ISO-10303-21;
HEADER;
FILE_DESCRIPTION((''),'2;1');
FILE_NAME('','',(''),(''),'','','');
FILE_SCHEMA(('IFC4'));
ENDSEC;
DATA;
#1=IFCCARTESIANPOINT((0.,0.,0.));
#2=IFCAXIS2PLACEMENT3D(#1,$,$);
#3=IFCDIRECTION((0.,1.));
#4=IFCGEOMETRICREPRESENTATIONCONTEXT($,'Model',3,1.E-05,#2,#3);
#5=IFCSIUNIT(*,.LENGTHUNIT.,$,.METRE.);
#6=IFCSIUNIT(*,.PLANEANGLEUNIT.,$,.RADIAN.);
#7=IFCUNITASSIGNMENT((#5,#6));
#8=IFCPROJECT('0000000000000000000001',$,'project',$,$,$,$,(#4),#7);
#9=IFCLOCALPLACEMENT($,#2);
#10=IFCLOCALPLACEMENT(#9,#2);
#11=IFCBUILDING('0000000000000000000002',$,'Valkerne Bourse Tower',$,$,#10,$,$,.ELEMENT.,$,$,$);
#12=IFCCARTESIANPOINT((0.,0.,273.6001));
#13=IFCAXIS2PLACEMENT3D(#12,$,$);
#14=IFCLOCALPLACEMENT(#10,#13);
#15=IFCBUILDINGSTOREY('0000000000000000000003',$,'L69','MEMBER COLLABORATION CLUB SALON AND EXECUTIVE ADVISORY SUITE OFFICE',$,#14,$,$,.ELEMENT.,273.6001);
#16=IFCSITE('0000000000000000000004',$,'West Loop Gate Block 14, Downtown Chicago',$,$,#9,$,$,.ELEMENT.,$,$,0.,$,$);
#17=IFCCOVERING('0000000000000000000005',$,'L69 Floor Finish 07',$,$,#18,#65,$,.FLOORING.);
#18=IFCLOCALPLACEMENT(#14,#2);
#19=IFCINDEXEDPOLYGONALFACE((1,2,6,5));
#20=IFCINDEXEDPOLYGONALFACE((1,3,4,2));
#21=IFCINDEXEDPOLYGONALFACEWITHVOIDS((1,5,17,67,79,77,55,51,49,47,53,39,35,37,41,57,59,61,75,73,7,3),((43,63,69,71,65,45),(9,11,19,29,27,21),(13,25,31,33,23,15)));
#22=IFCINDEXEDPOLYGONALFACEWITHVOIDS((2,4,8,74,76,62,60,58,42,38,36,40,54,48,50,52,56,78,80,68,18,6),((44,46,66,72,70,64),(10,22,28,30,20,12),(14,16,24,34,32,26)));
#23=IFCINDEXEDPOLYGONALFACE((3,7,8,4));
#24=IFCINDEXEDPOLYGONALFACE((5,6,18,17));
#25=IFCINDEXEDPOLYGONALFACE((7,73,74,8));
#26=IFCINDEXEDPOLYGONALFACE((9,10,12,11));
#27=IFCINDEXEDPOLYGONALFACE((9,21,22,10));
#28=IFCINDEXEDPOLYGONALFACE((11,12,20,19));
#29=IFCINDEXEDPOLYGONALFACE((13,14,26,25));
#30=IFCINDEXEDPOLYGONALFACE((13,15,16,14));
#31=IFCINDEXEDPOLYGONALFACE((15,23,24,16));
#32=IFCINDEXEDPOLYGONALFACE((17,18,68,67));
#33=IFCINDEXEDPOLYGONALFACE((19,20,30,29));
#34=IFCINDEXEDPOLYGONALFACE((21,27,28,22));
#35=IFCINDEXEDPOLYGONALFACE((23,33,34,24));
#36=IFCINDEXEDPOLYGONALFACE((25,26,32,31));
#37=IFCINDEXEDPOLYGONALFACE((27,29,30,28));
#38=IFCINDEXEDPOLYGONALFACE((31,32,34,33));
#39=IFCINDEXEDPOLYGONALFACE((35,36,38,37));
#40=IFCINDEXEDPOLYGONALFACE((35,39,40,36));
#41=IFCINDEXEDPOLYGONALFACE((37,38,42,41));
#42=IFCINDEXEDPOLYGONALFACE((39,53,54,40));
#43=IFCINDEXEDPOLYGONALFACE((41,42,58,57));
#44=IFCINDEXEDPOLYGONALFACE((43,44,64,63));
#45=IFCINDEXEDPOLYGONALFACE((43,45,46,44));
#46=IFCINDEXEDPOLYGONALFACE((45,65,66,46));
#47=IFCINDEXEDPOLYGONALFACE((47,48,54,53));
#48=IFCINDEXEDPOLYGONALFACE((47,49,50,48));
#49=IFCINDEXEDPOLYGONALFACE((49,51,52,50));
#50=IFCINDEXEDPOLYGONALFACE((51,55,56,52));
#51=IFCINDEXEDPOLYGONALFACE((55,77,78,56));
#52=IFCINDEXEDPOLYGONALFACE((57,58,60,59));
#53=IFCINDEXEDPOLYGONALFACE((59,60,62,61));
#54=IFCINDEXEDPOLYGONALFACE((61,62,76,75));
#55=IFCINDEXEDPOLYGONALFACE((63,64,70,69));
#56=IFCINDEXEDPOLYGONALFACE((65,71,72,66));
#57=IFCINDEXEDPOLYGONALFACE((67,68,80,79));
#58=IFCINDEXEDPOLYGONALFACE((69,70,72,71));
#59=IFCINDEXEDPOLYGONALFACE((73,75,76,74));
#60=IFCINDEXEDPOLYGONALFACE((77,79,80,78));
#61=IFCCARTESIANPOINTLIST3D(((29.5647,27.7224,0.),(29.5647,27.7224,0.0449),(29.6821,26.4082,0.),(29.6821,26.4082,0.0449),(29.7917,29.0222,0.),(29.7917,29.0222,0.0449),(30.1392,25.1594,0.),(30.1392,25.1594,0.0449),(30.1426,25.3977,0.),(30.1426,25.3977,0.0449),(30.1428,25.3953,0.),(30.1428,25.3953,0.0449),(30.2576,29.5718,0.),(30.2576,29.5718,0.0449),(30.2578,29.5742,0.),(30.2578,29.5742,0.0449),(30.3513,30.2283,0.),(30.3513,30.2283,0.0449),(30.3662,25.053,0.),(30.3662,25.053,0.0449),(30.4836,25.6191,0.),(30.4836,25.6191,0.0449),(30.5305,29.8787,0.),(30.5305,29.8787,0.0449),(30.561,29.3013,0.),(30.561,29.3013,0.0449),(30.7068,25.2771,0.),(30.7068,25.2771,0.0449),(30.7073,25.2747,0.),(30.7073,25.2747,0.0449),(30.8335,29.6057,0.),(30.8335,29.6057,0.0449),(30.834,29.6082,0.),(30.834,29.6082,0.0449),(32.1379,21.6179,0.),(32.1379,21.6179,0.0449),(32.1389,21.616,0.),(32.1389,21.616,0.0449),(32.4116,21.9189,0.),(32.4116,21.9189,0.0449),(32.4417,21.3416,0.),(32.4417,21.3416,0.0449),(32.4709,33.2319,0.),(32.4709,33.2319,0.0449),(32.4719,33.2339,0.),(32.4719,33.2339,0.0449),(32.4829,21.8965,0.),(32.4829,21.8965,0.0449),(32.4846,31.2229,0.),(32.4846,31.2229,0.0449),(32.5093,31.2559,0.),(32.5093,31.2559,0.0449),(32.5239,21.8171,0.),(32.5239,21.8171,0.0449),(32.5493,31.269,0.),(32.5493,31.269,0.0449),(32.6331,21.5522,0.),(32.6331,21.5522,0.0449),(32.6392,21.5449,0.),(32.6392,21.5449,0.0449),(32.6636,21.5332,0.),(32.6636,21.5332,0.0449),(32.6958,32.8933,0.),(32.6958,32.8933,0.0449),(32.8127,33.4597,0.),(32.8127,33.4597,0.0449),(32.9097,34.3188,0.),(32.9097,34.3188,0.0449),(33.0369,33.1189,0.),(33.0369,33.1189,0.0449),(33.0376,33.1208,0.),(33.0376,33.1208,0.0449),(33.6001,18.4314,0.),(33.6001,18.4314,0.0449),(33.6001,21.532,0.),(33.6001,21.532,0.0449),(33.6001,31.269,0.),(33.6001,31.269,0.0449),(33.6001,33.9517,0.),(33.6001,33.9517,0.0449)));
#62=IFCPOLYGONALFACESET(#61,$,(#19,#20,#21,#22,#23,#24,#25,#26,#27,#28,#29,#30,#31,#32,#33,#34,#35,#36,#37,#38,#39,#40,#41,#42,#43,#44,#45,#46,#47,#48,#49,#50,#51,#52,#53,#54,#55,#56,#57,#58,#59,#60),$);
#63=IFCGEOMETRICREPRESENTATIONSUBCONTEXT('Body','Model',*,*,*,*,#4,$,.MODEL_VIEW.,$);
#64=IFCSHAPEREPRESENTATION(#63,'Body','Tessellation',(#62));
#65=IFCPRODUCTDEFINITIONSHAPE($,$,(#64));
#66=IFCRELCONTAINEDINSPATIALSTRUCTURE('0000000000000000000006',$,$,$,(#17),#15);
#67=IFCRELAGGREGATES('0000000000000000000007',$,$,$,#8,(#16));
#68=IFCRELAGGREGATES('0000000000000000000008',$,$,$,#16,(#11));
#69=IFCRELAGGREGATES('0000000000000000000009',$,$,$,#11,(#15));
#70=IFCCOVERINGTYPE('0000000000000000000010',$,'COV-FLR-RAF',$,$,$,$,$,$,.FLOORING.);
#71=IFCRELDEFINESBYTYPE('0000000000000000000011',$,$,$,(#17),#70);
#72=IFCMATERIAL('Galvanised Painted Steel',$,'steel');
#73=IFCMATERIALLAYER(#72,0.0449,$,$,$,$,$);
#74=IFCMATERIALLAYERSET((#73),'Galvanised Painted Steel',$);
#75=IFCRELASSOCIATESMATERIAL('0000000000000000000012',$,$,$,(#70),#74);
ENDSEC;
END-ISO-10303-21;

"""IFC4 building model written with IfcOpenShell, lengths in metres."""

from ifc_helpers import new_model, si_unit, direction, frame, origin, place, context, subcontext, project, spatial, polyline, outline, extrude, material, layer, layer_set, type_object, element, save


model = new_model("IFC4")

# Units and contexts
model_context = context("Model", 3, precision=1e-05, world=origin(), true_north=direction((0.0, 1.0)))
body_context = subcontext(model_context, "Body", "Model", "MODEL_VIEW")
ifc_project = project(units=[si_unit("LENGTHUNIT", "METRE"), si_unit("PLANEANGLEUNIT", "RADIAN")], contexts=[model_context])

# Site, building, storey
site_placement = place(None, origin())
site = spatial("IfcSite", under=ifc_project, at=site_placement, Name="West Loop Gate Block 14, Downtown Chicago", CompositionType="ELEMENT", RefElevation=0.0)
building_placement = place(site_placement, origin())
building = spatial("IfcBuilding", under=site, at=building_placement, Name="Valkerne Bourse Tower", CompositionType="ELEMENT")
storey_placement = place(building_placement, frame((0.0, 0.0, 273.6001)))
storey = spatial("IfcBuildingStorey", under=building, at=storey_placement, Name="L69", Description="MEMBER COLLABORATION CLUB SALON AND EXECUTIVE ADVISORY SUITE OFFICE", CompositionType="ELEMENT", Elevation=273.6001)

# Covering
ifc_material_1 = material(Name="Galvanised Painted Steel", Category="steel")
ifc_layer_1 = layer(ifc_material_1, 0.0449)
ifc_layer_set_1 = layer_set([ifc_layer_1], Name="Galvanised Painted Steel")
covering_type_1 = type_object("IfcCoveringType", Name="COV-FLR-RAF", PredefinedType="FLOORING", material=ifc_layer_set_1)
covering_1_placement = place(storey_placement, origin())
element("IfcCovering", 1, at=covering_1_placement, inside=storey, type_object=covering_type_1, Name="L69 Floor Finish 07", PredefinedType="FLOORING", context=body_context, shape_type="SweptSolid", body=[
    extrude(outline(polyline([(30.1392, 25.1594), (29.6821, 26.4082), (29.5647, 27.7224), (29.7917, 29.0222), (30.3513, 30.2283), (32.9097, 34.3188), (33.6001, 33.9517), (33.6001, 31.269), (32.5493, 31.269), (32.5093, 31.2559), (32.4846, 31.2229), (32.4829, 21.8965), (32.5239, 21.8171), (32.4116, 21.9189), (32.1379, 21.6179), (32.1389, 21.616), (32.4417, 21.3416), (32.6331, 21.5522), (32.6392, 21.5449), (32.6636, 21.5332), (33.6001, 21.532), (33.6001, 18.4314), (30.1392, 25.1594)]), holes=[polyline([(30.7068, 25.2771), (30.4836, 25.6191), (30.1426, 25.3977), (30.1428, 25.3953), (30.3662, 25.053), (30.7073, 25.2747), (30.7068, 25.2771)]), polyline([(30.834, 29.6082), (30.5305, 29.8787), (30.2578, 29.5742), (30.2576, 29.5718), (30.561, 29.3013), (30.8335, 29.6057), (30.834, 29.6082)]), polyline([(33.0376, 33.1208), (32.8127, 33.4597), (32.4719, 33.2339), (32.4709, 33.2319), (32.6958, 32.8933), (33.0369, 33.1189), (33.0376, 33.1208)])]), origin(), (0.0, 0.0, 1.0), 0.0449),
])

save(model, "model.ifc")
